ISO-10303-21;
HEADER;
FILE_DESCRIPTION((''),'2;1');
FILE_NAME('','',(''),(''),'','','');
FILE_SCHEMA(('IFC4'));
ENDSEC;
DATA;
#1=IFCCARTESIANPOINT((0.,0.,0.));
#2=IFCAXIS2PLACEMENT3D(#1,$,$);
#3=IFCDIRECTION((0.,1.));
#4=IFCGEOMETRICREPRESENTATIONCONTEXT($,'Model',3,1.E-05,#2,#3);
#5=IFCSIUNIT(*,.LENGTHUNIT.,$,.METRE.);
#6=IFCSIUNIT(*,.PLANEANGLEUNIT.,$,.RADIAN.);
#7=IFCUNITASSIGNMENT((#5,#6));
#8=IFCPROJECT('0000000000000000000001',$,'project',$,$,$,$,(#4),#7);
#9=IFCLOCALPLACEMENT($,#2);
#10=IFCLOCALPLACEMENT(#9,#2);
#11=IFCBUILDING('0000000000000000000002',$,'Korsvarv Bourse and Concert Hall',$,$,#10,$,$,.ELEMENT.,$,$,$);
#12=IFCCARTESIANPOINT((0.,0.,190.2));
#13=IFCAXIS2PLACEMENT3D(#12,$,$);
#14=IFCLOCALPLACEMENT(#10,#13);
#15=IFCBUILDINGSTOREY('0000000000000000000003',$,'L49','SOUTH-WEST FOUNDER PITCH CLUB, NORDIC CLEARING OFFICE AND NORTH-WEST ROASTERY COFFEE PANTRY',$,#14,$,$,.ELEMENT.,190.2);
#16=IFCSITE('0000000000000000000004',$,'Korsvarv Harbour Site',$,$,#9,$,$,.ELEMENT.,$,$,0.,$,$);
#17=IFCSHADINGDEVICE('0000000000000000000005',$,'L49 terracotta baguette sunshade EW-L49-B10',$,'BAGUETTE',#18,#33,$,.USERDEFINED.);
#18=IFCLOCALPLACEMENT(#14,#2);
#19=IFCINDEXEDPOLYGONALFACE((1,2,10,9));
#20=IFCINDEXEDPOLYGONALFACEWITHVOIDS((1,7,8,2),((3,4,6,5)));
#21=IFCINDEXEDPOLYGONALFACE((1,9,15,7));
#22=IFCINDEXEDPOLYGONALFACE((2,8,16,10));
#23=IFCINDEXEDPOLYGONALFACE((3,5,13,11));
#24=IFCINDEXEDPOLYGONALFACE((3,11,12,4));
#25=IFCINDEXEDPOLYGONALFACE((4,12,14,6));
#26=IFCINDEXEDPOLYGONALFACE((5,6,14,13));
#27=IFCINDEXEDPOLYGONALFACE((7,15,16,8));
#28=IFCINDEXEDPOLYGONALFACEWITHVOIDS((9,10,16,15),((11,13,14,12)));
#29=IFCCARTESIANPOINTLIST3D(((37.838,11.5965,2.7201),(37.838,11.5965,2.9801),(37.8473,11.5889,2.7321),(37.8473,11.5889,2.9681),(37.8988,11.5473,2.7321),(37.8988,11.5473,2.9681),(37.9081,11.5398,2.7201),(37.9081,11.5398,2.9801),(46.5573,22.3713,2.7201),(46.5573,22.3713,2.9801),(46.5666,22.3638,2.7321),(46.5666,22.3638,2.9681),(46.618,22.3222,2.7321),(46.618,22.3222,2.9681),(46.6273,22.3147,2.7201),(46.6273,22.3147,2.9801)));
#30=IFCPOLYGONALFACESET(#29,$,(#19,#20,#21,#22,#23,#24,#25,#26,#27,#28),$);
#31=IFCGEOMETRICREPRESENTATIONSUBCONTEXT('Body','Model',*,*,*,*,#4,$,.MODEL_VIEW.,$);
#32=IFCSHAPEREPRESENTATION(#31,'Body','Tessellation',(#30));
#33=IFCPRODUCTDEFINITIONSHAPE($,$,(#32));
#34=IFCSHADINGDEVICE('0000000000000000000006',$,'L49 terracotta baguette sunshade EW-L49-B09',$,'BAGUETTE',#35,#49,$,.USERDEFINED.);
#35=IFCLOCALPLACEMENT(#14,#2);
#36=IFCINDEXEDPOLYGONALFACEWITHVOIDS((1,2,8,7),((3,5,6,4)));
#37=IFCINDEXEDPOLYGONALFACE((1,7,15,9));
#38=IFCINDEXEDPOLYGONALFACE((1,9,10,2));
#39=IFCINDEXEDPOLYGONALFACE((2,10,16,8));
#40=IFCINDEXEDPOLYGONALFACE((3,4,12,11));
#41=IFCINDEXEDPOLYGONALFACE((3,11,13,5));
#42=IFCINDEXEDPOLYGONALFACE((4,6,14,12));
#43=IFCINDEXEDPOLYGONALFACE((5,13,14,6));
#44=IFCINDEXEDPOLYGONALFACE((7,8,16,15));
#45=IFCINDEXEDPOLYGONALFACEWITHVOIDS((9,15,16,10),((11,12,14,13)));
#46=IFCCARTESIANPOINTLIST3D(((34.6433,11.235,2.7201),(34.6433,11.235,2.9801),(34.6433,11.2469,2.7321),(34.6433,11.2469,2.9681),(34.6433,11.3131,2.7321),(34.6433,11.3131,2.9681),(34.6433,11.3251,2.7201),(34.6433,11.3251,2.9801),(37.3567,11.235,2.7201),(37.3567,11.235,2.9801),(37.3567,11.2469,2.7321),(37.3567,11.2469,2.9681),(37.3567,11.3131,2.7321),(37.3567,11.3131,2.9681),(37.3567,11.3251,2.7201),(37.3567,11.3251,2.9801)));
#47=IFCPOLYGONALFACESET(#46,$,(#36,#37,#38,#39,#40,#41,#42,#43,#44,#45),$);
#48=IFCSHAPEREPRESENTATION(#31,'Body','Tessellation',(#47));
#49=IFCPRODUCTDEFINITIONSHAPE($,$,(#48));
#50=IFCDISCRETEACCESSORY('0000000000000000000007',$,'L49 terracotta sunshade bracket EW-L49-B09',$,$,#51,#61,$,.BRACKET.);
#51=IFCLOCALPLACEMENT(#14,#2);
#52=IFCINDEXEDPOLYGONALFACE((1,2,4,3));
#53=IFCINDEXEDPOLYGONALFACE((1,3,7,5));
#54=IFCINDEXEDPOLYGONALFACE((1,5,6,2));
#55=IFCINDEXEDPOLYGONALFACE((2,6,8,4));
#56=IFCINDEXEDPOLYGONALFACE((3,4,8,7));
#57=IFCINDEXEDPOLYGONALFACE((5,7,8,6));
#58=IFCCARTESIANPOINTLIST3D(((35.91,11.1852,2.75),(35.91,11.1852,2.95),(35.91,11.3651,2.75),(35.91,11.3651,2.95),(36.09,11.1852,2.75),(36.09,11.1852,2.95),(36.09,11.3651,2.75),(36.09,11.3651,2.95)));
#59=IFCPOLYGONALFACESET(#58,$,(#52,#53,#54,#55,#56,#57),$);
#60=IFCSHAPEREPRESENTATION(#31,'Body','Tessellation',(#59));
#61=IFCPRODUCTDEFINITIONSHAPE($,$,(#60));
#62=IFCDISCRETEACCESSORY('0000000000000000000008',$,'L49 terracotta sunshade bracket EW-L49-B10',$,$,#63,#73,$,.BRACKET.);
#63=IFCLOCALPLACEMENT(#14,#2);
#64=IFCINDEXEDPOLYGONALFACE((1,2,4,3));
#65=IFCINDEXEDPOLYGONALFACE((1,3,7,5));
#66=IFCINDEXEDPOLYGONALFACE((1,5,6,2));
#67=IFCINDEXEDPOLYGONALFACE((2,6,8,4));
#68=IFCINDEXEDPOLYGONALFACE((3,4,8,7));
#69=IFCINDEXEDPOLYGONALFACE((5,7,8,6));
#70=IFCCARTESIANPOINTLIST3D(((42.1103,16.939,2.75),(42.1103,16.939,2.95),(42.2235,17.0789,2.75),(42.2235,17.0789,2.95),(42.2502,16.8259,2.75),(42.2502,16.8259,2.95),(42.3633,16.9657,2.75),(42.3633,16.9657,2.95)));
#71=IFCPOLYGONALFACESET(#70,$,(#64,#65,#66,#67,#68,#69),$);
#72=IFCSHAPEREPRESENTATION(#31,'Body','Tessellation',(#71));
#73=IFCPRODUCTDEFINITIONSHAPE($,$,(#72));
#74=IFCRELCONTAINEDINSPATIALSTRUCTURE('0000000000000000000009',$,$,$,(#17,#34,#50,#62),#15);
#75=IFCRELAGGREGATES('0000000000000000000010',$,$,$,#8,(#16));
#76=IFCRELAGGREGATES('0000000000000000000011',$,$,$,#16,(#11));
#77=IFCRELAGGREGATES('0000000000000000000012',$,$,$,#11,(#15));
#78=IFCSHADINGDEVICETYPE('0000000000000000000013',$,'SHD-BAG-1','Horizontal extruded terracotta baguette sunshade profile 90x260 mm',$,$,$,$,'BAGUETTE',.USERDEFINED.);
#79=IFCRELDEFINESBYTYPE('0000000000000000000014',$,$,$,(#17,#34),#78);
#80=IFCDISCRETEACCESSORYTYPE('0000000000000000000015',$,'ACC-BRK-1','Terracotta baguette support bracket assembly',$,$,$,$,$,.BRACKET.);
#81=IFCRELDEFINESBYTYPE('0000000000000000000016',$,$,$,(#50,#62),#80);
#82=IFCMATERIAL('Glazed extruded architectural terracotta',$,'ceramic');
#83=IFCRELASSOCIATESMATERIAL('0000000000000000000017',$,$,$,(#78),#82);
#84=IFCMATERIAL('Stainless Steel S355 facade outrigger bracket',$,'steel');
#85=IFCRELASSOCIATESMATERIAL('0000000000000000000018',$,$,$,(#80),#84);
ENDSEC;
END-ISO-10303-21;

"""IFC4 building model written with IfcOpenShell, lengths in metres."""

from ifc_helpers import new_model, si_unit, direction, frame, origin, origin_2d, place, context, subcontext, project, spatial, rectangle, hollow_rectangle, extrude, source, transform, mapped, material, material_profile, profile_set, type_object, element, save


model = new_model("IFC4")

# Units and contexts
model_context = context("Model", 3, precision=1e-05, world=origin(), true_north=direction((0.0, 1.0)))
body_context = subcontext(model_context, "Body", "Model", "MODEL_VIEW")
ifc_project = project(units=[si_unit("LENGTHUNIT", "METRE"), si_unit("PLANEANGLEUNIT", "RADIAN")], contexts=[model_context])

# Site, building, storey
site_placement = place(None, origin())
site = spatial("IfcSite", under=ifc_project, at=site_placement, Name="Korsvarv Harbour Site", CompositionType="ELEMENT", RefElevation=0.0)
building_placement = place(site_placement, origin())
building = spatial("IfcBuilding", under=site, at=building_placement, Name="Korsvarv Bourse and Concert Hall", CompositionType="ELEMENT")
storey_placement = place(building_placement, frame((0.0, 0.0, 190.2)))
storey = spatial("IfcBuildingStorey", under=building, at=storey_placement, Name="L49", Description="SOUTH-WEST FOUNDER PITCH CLUB, NORDIC CLEARING OFFICE AND NORTH-WEST ROASTERY COFFEE PANTRY", CompositionType="ELEMENT", Elevation=190.2)

# Shading devices
ifc_material_1 = material(Name="Glazed extruded architectural terracotta", Category="ceramic")
ifc_material_profile_1 = material_profile(ifc_material_1, hollow_rectangle(XDim=0.0901, YDim=0.26, WallThickness=0.012, at=origin_2d()), Name="TC-BAG 90x260")
ifc_profile_set_1 = profile_set([ifc_material_profile_1], Name="Glazed extruded architectural terracotta")
shading_device_type = type_object("IfcShadingDeviceType", Name="SHD-BAG-1", Description="Horizontal extruded terracotta baguette sunshade profile 90x260 mm", ElementType="BAGUETTE", PredefinedType="USERDEFINED", material=ifc_profile_set_1)
shared_shape_1 = source(origin(), body_context, "Body", "SweptSolid", [
    extrude(hollow_rectangle(XDim=0.0901, YDim=0.26, WallThickness=0.012, at=origin_2d()), origin(), (0.0, 0.0, 1.0), 13.8608),
])
shading_device_1_placement = place(storey_placement, frame((37.873, 11.5681, 2.8501), z_axis=(0.629054, 0.777361, 0.0), x_axis=(-0.777361, 0.629054, 0.0)))
element("IfcShadingDevice", 1, at=shading_device_1_placement, inside=storey, type_object=shading_device_type, Name="L49 terracotta baguette sunshade EW-L49-B10", ObjectType="BAGUETTE", PredefinedType="USERDEFINED", context=body_context, shape_type="MappedRepresentation", body=[
    mapped(shared_shape_1, transform((0.0, 0.0, 0.0), scale=1.0)),
])
shared_shape_2 = source(origin(), body_context, "Body", "SweptSolid", [
    extrude(hollow_rectangle(XDim=0.0901, YDim=0.26, WallThickness=0.012, at=origin_2d()), origin(), (0.0, 0.0, 1.0), 2.7134),
])
shading_device_2_placement = place(storey_placement, frame((34.6433, 11.28, 2.8501), z_axis=(1.0, 0.0, 0.0), x_axis=(0.0, 1.0, 0.0)))
element("IfcShadingDevice", 2, at=shading_device_2_placement, inside=storey, type_object=shading_device_type, Name="L49 terracotta baguette sunshade EW-L49-B09", ObjectType="BAGUETTE", PredefinedType="USERDEFINED", context=body_context, shape_type="MappedRepresentation", body=[
    mapped(shared_shape_2, transform((0.0, 0.0, 0.0), scale=1.0)),
])

# Discrete accessories
ifc_material_2 = material(Name="Stainless Steel S355 facade outrigger bracket", Category="steel")
discrete_accessory_type = type_object("IfcDiscreteAccessoryType", Name="ACC-BRK-1", Description="Terracotta baguette support bracket assembly", PredefinedType="BRACKET", material=ifc_material_2)
shared_shape_3 = source(origin(), body_context, "Body", "SweptSolid", [
    extrude(rectangle(XDim=0.1799, YDim=0.1799, at=origin_2d()), origin(), (0.0, 0.0, 1.0), 0.2),
])
for number, where, z_axis, x_axis, name in (
    (3, (36.0, 11.2751, 2.75), (0.0, 0.0, 1.0), (1.0, 0.0, 0.0), "L49 terracotta sunshade bracket EW-L49-B09"),
    (4, (42.2368, 16.9524, 2.75), (0.0, 0.0, 1.0), (0.629049, 0.777366, 0.0), "L49 terracotta sunshade bracket EW-L49-B10"),
):
    element("IfcDiscreteAccessory", number, at=place(storey_placement, frame(where, z_axis=z_axis, x_axis=x_axis)), inside=storey, type_object=discrete_accessory_type, Name=name, PredefinedType="BRACKET", context=body_context, shape_type="MappedRepresentation", body=[
        mapped(shared_shape_3, transform((0.0, 0.0, 0.0), scale=1.0)),
    ])

save(model, "model.ifc")
